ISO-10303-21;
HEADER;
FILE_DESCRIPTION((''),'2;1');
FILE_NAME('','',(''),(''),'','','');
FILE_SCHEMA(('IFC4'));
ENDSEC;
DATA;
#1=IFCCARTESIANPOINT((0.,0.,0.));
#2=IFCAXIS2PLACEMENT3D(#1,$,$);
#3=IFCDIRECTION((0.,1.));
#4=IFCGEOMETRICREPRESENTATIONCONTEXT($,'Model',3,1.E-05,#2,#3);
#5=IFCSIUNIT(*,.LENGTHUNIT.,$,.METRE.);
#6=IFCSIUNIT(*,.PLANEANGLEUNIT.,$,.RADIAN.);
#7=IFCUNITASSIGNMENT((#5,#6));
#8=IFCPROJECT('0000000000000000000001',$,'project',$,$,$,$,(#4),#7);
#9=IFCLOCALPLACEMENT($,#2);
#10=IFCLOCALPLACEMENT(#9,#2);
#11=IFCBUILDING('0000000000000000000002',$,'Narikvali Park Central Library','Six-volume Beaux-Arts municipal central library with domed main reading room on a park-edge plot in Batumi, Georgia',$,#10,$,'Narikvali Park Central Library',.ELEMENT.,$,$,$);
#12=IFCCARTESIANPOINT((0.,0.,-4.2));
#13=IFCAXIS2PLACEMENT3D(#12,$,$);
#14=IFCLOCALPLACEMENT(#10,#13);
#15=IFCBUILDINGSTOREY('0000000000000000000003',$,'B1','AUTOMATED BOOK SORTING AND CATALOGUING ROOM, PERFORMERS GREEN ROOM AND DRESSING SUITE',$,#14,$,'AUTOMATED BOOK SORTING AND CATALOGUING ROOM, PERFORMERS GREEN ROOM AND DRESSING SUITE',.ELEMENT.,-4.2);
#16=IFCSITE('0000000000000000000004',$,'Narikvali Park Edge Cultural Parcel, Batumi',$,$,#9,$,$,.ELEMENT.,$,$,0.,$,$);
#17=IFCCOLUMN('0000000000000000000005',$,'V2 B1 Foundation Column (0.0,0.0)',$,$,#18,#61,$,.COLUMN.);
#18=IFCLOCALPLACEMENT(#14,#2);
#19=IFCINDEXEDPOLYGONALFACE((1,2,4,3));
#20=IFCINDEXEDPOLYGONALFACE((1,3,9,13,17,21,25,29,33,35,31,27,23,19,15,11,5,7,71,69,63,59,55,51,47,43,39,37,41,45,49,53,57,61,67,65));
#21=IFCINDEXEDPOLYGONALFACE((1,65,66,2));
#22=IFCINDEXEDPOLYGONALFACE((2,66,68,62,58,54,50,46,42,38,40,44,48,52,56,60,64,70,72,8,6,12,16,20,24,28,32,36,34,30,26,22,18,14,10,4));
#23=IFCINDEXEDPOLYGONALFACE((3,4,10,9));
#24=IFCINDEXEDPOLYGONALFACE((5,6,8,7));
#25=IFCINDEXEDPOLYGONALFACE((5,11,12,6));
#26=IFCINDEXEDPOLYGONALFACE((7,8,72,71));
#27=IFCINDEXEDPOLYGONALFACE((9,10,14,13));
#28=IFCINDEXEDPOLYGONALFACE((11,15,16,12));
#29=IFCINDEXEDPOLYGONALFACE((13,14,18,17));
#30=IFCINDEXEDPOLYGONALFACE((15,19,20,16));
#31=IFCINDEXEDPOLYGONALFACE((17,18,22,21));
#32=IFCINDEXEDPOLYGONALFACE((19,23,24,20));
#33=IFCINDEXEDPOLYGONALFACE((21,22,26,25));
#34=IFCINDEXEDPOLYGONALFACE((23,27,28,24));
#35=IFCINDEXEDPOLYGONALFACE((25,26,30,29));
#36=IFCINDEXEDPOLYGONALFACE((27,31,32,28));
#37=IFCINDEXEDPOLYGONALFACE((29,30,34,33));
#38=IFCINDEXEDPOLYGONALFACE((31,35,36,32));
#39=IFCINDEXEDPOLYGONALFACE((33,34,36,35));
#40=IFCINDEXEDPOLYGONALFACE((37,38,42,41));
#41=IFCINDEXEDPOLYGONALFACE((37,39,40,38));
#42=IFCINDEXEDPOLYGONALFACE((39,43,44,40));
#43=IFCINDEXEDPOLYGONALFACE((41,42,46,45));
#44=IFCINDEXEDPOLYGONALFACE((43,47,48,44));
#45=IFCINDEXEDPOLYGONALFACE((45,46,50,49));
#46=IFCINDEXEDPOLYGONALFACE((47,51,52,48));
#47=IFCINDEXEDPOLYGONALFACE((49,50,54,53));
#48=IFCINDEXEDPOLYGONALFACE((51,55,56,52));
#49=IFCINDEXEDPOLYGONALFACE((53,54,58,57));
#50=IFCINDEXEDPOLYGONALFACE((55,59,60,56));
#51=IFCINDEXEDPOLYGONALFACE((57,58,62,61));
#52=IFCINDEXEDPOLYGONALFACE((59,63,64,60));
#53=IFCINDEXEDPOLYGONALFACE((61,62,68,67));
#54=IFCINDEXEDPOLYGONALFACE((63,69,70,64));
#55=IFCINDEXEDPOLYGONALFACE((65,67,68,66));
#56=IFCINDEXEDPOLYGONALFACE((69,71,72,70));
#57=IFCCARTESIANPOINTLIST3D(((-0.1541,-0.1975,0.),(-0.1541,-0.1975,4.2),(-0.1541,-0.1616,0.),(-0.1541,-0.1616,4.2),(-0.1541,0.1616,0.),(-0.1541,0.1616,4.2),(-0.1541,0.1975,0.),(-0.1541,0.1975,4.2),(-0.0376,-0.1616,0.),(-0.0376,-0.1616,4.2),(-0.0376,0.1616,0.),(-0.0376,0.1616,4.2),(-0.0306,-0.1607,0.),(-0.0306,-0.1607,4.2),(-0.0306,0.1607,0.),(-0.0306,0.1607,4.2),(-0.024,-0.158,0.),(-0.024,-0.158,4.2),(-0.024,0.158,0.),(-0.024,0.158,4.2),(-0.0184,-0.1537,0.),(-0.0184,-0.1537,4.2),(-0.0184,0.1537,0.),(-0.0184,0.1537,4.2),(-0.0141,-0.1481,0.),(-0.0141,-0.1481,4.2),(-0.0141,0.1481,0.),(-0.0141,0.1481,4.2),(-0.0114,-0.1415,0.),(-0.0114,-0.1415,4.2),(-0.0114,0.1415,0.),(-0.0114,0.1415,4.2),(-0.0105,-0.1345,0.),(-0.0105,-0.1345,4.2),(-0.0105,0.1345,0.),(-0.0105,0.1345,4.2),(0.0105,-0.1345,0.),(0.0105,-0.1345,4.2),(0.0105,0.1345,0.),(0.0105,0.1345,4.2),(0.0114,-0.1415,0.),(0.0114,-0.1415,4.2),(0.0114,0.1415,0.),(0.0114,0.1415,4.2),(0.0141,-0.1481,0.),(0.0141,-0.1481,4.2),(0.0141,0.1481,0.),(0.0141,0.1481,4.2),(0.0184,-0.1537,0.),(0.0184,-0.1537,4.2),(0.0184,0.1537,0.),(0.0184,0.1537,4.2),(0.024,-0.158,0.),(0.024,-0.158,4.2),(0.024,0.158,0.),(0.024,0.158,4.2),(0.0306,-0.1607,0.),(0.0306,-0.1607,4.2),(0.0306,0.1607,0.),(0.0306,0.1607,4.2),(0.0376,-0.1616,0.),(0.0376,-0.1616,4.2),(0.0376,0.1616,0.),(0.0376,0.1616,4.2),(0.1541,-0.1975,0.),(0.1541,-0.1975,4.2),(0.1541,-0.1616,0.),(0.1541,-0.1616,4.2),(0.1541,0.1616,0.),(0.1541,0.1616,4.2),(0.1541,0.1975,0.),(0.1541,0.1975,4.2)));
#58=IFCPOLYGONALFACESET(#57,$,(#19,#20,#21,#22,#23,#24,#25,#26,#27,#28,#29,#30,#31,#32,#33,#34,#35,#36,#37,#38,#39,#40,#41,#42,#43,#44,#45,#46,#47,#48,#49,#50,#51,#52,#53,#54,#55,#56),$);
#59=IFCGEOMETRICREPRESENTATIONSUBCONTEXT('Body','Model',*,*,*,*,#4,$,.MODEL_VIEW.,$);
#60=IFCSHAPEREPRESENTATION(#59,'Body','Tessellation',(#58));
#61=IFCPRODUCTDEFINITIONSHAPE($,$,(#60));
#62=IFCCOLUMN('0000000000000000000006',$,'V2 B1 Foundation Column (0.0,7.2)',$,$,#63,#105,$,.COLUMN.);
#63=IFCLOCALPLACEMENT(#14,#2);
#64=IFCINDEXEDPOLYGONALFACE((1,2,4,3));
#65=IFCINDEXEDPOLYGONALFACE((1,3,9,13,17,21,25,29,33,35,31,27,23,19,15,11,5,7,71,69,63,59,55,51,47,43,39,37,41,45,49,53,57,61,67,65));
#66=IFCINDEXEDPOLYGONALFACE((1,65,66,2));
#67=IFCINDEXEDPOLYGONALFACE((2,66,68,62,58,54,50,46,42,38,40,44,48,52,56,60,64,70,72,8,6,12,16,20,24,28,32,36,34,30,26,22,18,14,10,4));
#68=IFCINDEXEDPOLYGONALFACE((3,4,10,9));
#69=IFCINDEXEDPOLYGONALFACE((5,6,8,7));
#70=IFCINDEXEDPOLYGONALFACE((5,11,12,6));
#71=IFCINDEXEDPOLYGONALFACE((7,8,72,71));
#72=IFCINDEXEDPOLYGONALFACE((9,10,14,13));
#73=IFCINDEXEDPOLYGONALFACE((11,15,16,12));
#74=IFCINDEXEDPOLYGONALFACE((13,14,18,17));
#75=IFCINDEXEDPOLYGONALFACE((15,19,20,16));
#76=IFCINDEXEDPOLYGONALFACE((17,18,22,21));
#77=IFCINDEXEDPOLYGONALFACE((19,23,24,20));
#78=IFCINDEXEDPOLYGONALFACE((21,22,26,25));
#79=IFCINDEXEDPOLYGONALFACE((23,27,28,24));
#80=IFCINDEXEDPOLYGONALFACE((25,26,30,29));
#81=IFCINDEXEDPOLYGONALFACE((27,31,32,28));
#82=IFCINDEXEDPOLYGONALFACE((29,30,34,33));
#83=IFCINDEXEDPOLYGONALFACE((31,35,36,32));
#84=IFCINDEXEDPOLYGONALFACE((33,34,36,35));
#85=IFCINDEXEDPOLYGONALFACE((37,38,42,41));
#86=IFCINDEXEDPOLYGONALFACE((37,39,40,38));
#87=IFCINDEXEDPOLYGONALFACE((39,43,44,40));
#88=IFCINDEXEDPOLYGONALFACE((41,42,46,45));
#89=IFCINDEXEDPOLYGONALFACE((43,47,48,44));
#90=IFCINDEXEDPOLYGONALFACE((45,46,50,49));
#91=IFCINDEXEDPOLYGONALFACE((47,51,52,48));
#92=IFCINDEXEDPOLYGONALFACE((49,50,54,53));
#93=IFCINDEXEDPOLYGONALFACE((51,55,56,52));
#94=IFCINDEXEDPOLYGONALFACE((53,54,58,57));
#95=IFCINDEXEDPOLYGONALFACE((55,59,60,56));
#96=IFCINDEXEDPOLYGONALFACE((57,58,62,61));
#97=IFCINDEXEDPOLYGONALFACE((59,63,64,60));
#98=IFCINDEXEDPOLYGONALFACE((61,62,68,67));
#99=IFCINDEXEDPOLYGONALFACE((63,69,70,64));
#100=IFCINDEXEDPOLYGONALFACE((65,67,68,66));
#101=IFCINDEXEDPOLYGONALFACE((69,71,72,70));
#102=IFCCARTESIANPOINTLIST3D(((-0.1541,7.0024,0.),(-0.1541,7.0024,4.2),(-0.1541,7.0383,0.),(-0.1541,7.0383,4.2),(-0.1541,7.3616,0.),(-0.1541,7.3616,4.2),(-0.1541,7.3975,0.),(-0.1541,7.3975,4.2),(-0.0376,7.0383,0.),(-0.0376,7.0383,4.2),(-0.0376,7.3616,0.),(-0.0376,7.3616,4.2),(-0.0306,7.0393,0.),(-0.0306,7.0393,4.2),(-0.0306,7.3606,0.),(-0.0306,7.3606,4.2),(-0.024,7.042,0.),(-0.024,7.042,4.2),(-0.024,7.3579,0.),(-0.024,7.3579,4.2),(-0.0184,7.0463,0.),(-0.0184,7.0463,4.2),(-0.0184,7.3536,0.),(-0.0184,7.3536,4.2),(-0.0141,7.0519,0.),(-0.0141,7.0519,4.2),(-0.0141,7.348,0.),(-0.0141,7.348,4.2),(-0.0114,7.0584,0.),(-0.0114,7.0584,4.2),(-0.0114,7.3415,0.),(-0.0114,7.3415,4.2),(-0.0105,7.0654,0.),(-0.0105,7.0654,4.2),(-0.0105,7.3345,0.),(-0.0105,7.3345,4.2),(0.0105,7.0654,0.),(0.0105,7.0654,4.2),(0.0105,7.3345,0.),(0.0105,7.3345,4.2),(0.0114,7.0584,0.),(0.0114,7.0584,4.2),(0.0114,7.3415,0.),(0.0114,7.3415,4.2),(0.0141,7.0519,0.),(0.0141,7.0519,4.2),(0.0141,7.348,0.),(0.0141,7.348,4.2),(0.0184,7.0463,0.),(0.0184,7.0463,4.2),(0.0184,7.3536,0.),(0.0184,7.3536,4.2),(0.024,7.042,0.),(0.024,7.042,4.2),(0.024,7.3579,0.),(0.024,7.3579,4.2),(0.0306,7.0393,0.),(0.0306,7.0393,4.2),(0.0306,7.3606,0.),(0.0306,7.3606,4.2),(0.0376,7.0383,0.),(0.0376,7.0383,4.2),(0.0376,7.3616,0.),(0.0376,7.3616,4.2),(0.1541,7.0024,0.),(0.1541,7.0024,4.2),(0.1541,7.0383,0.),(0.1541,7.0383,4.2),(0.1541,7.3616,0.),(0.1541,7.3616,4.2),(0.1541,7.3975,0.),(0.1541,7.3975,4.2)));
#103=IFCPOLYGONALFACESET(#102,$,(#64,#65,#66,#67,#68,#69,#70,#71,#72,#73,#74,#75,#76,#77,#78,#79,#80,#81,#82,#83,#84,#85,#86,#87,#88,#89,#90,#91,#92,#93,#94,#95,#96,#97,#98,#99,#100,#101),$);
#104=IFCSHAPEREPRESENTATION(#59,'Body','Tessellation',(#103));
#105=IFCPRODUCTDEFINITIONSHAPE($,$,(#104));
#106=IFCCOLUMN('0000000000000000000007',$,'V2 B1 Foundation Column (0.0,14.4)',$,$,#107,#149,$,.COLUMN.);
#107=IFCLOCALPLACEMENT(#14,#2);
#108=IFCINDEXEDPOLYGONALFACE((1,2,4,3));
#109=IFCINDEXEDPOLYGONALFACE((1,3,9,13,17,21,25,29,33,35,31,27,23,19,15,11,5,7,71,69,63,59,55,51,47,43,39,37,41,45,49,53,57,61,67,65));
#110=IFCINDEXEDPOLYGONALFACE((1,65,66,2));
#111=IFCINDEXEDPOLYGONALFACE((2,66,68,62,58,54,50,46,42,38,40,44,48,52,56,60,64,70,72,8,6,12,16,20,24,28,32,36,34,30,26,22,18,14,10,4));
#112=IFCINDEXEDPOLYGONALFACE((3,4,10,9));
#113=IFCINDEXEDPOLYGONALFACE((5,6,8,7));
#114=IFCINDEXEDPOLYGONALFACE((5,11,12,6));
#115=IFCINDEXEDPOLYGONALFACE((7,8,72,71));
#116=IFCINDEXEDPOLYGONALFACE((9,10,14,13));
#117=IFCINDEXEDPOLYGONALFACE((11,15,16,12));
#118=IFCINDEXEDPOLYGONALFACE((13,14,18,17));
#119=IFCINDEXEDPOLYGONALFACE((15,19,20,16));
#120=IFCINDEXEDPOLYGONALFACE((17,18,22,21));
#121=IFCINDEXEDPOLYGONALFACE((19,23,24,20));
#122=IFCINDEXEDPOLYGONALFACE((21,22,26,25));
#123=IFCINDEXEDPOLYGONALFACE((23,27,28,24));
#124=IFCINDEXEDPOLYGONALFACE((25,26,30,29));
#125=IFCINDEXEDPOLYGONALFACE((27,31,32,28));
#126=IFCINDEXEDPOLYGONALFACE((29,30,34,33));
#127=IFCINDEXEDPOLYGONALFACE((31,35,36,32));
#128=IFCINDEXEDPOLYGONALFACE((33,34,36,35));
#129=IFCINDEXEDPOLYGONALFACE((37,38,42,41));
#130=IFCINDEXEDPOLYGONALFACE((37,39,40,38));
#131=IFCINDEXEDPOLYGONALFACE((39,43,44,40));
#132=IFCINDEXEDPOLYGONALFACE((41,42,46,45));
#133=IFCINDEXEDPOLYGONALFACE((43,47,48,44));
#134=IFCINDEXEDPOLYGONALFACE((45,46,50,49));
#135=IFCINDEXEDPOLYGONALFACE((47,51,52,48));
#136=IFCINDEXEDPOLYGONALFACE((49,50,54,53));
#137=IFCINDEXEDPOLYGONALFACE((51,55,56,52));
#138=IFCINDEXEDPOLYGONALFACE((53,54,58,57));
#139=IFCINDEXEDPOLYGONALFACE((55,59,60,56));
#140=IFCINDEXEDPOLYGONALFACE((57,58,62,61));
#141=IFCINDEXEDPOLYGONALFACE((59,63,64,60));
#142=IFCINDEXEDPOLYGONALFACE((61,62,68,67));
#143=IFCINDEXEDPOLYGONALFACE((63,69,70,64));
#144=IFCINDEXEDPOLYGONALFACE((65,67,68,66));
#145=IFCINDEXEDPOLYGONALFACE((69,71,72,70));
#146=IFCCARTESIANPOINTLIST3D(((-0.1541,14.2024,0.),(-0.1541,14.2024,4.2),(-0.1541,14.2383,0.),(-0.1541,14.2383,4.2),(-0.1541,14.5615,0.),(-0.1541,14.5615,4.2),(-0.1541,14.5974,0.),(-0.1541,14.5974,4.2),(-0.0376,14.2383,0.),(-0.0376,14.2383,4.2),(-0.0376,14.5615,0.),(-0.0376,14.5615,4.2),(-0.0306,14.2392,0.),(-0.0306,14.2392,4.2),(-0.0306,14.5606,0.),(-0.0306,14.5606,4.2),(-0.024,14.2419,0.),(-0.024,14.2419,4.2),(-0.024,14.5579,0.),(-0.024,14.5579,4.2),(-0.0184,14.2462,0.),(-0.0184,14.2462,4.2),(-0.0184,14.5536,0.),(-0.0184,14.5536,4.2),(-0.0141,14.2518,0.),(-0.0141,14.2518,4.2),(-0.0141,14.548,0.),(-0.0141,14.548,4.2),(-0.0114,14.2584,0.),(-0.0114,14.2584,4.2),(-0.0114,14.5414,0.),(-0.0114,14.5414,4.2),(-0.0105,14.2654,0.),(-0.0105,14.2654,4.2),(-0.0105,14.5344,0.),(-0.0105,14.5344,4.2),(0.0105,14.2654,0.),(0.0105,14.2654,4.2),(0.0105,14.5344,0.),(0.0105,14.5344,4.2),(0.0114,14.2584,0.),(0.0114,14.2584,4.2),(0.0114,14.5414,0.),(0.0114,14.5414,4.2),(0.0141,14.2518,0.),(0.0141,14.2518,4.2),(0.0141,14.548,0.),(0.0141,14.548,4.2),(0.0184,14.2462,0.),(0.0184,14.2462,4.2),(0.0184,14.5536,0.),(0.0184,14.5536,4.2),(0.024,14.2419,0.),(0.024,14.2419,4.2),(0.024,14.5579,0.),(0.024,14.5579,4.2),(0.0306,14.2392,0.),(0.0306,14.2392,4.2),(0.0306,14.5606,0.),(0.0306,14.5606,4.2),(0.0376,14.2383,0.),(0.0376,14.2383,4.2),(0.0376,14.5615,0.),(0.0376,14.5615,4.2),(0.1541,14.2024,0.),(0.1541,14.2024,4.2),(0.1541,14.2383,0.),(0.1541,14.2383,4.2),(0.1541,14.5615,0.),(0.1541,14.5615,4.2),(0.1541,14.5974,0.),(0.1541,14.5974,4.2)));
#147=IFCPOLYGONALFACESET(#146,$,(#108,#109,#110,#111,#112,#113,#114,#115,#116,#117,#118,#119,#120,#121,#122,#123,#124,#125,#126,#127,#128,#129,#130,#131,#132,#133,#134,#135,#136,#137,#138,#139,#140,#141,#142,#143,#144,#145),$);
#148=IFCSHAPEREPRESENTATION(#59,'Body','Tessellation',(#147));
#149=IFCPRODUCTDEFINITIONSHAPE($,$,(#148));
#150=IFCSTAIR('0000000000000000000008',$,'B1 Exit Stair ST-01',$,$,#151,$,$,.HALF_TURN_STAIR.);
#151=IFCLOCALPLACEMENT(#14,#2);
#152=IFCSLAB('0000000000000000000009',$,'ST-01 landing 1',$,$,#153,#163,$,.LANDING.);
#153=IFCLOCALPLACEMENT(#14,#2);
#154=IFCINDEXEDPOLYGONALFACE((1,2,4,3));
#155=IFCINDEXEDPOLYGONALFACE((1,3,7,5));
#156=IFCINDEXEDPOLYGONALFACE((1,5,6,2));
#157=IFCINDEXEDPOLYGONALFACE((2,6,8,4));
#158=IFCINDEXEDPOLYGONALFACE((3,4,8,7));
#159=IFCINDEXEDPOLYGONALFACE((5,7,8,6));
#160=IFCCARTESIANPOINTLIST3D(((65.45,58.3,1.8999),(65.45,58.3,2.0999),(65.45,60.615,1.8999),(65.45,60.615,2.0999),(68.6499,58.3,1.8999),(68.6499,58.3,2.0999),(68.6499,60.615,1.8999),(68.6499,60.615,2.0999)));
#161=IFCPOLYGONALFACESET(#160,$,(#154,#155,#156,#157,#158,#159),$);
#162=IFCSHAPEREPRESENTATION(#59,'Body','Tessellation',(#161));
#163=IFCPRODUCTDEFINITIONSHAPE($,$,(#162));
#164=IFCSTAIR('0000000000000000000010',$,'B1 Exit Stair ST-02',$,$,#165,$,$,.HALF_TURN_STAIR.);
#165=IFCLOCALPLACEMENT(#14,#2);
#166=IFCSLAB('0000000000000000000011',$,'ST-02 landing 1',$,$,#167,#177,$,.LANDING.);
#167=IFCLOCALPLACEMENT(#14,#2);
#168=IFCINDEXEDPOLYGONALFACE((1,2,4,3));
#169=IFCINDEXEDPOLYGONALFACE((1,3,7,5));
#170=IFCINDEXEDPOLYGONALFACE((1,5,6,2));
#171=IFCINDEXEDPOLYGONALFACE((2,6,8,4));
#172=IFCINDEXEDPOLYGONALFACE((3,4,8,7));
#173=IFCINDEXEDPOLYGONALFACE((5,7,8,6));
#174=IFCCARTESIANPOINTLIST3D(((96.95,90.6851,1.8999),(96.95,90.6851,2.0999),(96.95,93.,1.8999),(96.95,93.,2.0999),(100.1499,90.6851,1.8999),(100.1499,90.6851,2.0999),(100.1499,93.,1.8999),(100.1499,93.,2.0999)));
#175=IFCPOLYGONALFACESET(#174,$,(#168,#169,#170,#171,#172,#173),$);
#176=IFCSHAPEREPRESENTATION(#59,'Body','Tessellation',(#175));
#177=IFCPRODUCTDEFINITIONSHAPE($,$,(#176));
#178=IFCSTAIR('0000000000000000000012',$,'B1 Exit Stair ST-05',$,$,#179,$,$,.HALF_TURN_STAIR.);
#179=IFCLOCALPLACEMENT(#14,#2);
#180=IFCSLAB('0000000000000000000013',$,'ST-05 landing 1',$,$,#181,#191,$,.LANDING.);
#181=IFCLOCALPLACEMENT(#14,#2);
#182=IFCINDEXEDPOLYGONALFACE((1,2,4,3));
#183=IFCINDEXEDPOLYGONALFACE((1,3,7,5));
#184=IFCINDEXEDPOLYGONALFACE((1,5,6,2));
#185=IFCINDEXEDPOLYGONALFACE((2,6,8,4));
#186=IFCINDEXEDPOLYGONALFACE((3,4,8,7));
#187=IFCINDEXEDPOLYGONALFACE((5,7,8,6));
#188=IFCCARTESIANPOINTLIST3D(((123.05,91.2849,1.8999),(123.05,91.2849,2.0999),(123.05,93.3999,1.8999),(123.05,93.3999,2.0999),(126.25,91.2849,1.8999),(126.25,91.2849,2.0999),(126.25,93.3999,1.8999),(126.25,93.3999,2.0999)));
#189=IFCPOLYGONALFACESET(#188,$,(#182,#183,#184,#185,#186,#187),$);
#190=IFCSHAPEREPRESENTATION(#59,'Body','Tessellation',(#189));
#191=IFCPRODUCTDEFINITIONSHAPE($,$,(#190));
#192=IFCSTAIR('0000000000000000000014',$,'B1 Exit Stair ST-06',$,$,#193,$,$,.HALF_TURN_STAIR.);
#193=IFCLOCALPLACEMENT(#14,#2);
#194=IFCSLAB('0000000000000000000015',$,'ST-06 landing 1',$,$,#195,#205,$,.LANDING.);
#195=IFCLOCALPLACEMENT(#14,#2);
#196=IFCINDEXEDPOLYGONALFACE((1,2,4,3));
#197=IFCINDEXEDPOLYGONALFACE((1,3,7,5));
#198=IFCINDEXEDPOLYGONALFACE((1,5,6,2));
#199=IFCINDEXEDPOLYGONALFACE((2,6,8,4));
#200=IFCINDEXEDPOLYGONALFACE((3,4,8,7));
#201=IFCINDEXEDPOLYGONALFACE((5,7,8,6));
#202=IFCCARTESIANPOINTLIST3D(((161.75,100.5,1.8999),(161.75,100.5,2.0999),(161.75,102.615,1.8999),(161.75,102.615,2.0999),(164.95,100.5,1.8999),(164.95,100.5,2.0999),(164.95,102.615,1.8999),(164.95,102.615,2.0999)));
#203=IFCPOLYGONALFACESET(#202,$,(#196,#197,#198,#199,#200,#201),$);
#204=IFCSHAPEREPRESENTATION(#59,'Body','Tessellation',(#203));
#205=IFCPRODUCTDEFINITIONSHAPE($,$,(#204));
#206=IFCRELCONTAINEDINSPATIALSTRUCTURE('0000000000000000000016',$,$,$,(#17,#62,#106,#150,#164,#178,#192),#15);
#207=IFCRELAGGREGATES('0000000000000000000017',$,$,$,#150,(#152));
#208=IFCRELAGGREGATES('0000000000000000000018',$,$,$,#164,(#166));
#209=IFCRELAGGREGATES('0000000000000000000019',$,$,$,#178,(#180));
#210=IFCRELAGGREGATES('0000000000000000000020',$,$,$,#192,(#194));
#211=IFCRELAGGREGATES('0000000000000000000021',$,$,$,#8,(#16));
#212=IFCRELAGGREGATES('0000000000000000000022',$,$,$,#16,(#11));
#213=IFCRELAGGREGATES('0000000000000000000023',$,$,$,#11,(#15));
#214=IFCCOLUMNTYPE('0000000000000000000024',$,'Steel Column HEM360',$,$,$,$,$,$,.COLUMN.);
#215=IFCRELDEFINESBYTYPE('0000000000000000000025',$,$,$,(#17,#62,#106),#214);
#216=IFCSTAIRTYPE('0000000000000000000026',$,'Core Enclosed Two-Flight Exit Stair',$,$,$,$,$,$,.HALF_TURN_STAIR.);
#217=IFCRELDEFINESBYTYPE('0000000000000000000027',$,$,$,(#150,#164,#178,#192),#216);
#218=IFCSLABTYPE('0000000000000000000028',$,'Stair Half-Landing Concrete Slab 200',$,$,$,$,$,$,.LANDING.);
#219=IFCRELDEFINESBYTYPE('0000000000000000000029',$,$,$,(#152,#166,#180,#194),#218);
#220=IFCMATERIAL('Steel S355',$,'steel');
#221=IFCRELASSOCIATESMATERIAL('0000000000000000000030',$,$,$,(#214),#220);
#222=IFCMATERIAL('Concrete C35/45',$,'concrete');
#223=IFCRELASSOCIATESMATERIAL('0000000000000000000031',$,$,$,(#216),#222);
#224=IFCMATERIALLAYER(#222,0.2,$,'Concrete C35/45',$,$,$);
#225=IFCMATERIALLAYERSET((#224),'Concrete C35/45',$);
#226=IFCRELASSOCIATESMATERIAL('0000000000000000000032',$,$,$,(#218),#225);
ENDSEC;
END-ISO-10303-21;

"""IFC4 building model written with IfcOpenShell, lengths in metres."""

from ifc_helpers import new_model, si_unit, direction, frame, origin, origin_2d, place, context, subcontext, project, spatial, polyline, i_section, outline, extrude, material, layer, layer_set, material_profile, profile_set, type_object, element, aggregate, save


model = new_model("IFC4")

# Units and contexts
model_context = context("Model", 3, precision=1e-05, world=origin(), true_north=direction((0.0, 1.0)))
body_context = subcontext(model_context, "Body", "Model", "MODEL_VIEW")
ifc_project = project(units=[si_unit("LENGTHUNIT", "METRE"), si_unit("PLANEANGLEUNIT", "RADIAN")], contexts=[model_context])

# Site, building, storey
site_placement = place(None, origin())
site = spatial("IfcSite", under=ifc_project, at=site_placement, Name="Narikvali Park Edge Cultural Parcel, Batumi", CompositionType="ELEMENT", RefElevation=0.0)
building_placement = place(site_placement, origin())
building = spatial("IfcBuilding", under=site, at=building_placement, Name="Narikvali Park Central Library", Description="Six-volume Beaux-Arts municipal central library with domed main reading room on a park-edge plot in Batumi, Georgia", LongName="Narikvali Park Central Library", CompositionType="ELEMENT")
storey_placement = place(building_placement, frame((0.0, 0.0, -4.2)))
storey = spatial("IfcBuildingStorey", under=building, at=storey_placement, Name="B1", Description="AUTOMATED BOOK SORTING AND CATALOGUING ROOM, PERFORMERS GREEN ROOM AND DRESSING SUITE", LongName="AUTOMATED BOOK SORTING AND CATALOGUING ROOM, PERFORMERS GREEN ROOM AND DRESSING SUITE", CompositionType="ELEMENT", Elevation=-4.2)

# Shared definitions
ifc_material_1 = material(Name="Concrete C35/45", Category="concrete")

# Columns
ifc_material_2 = material(Name="Steel S355", Category="steel")
ifc_material_profile_1 = material_profile(ifc_material_2, i_section(OverallWidth=0.3081, OverallDepth=0.395, WebThickness=0.021, FlangeThickness=0.0359, FilletRadius=0.0271, at=origin_2d()), Name="HEM 360")
ifc_profile_set_1 = profile_set([ifc_material_profile_1], Name="Steel S355")
column_type = type_object("IfcColumnType", Name="Steel Column HEM360", PredefinedType="COLUMN", material=ifc_profile_set_1)
for number, where, z_axis, x_axis, name in (
    (1, (0.0, 0.0, 0.0), (0.0, 0.0, 1.0), (1.0, 0.0, 0.0), "V2 B1 Foundation Column (0.0,0.0)"),
    (2, (0.0, 7.2, 0.0), (0.0, 0.0, 1.0), (1.0, 0.0, 0.0), "V2 B1 Foundation Column (0.0,7.2)"),
    (3, (0.0, 14.3999, 0.0), (0.0, 0.0, 1.0), (1.0, 0.0, 0.0), "V2 B1 Foundation Column (0.0,14.4)"),
):
    element("IfcColumn", number, at=place(storey_placement, frame(where, z_axis=z_axis, x_axis=x_axis)), inside=storey, type_object=column_type, Name=name, PredefinedType="COLUMN", context=body_context, shape_type="SweptSolid", body=[
        extrude(i_section(OverallWidth=0.3081, OverallDepth=0.395, WebThickness=0.021, FlangeThickness=0.0359, FilletRadius=0.0271, at=origin_2d()), origin(), (0.0, 0.0, 1.0), 4.2),
    ])

# Stairs, slabs
stair_type = type_object("IfcStairType", Name="Core Enclosed Two-Flight Exit Stair", PredefinedType="HALF_TURN_STAIR", material=ifc_material_1)
stair_1_placement = place(storey_placement, origin())
stair_1 = element("IfcStair", 4, at=stair_1_placement, inside=storey, type_object=stair_type, Name="B1 Exit Stair ST-01", PredefinedType="HALF_TURN_STAIR")
ifc_layer_1 = layer(ifc_material_1, 0.2, Name="Concrete C35/45")
ifc_layer_set_1 = layer_set([ifc_layer_1], Name="Concrete C35/45")
slab_type_1 = type_object("IfcSlabType", Name="Stair Half-Landing Concrete Slab 200", PredefinedType="LANDING", material=ifc_layer_set_1)
slab_1_placement = place(storey_placement, frame((0.0, 0.0, 1.8999)))
slab_1 = element("IfcSlab", 5, at=slab_1_placement, type_object=slab_type_1, Name="ST-01 landing 1", PredefinedType="LANDING", context=body_context, shape_type="SweptSolid", body=[
    extrude(outline(polyline([(65.45, 60.615), (65.45, 58.3), (68.6499, 58.3), (68.6499, 60.615), (65.45, 60.615)])), origin(), (0.0, 0.0, 1.0), 0.2),
])
aggregate(stair_1, [slab_1])
stair_2_placement = place(storey_placement, origin())
stair_2 = element("IfcStair", 6, at=stair_2_placement, inside=storey, type_object=stair_type, Name="B1 Exit Stair ST-02", PredefinedType="HALF_TURN_STAIR")
slab_2_placement = place(storey_placement, frame((0.0, 0.0, 1.8999)))
slab_2 = element("IfcSlab", 7, at=slab_2_placement, type_object=slab_type_1, Name="ST-02 landing 1", PredefinedType="LANDING", context=body_context, shape_type="SweptSolid", body=[
    extrude(outline(polyline([(100.1499, 90.6851), (100.1499, 93.0), (96.95, 93.0), (96.95, 90.6851), (100.1499, 90.6851)])), origin(), (0.0, 0.0, 1.0), 0.2),
])
aggregate(stair_2, [slab_2])
stair_3_placement = place(storey_placement, origin())
stair_3 = element("IfcStair", 8, at=stair_3_placement, inside=storey, type_object=stair_type, Name="B1 Exit Stair ST-05", PredefinedType="HALF_TURN_STAIR")
slab_3_placement = place(storey_placement, frame((0.0, 0.0, 1.8999)))
slab_3 = element("IfcSlab", 9, at=slab_3_placement, type_object=slab_type_1, Name="ST-05 landing 1", PredefinedType="LANDING", context=body_context, shape_type="SweptSolid", body=[
    extrude(outline(polyline([(126.25, 91.2849), (126.25, 93.3999), (123.05, 93.3999), (123.05, 91.2849), (126.25, 91.2849)])), origin(), (0.0, 0.0, 1.0), 0.2),
])
aggregate(stair_3, [slab_3])
stair_4_placement = place(storey_placement, origin())
stair_4 = element("IfcStair", 10, at=stair_4_placement, inside=storey, type_object=stair_type, Name="B1 Exit Stair ST-06", PredefinedType="HALF_TURN_STAIR")
slab_4_placement = place(storey_placement, frame((0.0, 0.0, 1.8999)))
slab_4 = element("IfcSlab", 11, at=slab_4_placement, type_object=slab_type_1, Name="ST-06 landing 1", PredefinedType="LANDING", context=body_context, shape_type="SweptSolid", body=[
    extrude(outline(polyline([(161.75, 102.615), (161.75, 100.5), (164.95, 100.5), (164.95, 102.615), (161.75, 102.615)])), origin(), (0.0, 0.0, 1.0), 0.2),
])
aggregate(stair_4, [slab_4])

save(model, "model.ifc")
